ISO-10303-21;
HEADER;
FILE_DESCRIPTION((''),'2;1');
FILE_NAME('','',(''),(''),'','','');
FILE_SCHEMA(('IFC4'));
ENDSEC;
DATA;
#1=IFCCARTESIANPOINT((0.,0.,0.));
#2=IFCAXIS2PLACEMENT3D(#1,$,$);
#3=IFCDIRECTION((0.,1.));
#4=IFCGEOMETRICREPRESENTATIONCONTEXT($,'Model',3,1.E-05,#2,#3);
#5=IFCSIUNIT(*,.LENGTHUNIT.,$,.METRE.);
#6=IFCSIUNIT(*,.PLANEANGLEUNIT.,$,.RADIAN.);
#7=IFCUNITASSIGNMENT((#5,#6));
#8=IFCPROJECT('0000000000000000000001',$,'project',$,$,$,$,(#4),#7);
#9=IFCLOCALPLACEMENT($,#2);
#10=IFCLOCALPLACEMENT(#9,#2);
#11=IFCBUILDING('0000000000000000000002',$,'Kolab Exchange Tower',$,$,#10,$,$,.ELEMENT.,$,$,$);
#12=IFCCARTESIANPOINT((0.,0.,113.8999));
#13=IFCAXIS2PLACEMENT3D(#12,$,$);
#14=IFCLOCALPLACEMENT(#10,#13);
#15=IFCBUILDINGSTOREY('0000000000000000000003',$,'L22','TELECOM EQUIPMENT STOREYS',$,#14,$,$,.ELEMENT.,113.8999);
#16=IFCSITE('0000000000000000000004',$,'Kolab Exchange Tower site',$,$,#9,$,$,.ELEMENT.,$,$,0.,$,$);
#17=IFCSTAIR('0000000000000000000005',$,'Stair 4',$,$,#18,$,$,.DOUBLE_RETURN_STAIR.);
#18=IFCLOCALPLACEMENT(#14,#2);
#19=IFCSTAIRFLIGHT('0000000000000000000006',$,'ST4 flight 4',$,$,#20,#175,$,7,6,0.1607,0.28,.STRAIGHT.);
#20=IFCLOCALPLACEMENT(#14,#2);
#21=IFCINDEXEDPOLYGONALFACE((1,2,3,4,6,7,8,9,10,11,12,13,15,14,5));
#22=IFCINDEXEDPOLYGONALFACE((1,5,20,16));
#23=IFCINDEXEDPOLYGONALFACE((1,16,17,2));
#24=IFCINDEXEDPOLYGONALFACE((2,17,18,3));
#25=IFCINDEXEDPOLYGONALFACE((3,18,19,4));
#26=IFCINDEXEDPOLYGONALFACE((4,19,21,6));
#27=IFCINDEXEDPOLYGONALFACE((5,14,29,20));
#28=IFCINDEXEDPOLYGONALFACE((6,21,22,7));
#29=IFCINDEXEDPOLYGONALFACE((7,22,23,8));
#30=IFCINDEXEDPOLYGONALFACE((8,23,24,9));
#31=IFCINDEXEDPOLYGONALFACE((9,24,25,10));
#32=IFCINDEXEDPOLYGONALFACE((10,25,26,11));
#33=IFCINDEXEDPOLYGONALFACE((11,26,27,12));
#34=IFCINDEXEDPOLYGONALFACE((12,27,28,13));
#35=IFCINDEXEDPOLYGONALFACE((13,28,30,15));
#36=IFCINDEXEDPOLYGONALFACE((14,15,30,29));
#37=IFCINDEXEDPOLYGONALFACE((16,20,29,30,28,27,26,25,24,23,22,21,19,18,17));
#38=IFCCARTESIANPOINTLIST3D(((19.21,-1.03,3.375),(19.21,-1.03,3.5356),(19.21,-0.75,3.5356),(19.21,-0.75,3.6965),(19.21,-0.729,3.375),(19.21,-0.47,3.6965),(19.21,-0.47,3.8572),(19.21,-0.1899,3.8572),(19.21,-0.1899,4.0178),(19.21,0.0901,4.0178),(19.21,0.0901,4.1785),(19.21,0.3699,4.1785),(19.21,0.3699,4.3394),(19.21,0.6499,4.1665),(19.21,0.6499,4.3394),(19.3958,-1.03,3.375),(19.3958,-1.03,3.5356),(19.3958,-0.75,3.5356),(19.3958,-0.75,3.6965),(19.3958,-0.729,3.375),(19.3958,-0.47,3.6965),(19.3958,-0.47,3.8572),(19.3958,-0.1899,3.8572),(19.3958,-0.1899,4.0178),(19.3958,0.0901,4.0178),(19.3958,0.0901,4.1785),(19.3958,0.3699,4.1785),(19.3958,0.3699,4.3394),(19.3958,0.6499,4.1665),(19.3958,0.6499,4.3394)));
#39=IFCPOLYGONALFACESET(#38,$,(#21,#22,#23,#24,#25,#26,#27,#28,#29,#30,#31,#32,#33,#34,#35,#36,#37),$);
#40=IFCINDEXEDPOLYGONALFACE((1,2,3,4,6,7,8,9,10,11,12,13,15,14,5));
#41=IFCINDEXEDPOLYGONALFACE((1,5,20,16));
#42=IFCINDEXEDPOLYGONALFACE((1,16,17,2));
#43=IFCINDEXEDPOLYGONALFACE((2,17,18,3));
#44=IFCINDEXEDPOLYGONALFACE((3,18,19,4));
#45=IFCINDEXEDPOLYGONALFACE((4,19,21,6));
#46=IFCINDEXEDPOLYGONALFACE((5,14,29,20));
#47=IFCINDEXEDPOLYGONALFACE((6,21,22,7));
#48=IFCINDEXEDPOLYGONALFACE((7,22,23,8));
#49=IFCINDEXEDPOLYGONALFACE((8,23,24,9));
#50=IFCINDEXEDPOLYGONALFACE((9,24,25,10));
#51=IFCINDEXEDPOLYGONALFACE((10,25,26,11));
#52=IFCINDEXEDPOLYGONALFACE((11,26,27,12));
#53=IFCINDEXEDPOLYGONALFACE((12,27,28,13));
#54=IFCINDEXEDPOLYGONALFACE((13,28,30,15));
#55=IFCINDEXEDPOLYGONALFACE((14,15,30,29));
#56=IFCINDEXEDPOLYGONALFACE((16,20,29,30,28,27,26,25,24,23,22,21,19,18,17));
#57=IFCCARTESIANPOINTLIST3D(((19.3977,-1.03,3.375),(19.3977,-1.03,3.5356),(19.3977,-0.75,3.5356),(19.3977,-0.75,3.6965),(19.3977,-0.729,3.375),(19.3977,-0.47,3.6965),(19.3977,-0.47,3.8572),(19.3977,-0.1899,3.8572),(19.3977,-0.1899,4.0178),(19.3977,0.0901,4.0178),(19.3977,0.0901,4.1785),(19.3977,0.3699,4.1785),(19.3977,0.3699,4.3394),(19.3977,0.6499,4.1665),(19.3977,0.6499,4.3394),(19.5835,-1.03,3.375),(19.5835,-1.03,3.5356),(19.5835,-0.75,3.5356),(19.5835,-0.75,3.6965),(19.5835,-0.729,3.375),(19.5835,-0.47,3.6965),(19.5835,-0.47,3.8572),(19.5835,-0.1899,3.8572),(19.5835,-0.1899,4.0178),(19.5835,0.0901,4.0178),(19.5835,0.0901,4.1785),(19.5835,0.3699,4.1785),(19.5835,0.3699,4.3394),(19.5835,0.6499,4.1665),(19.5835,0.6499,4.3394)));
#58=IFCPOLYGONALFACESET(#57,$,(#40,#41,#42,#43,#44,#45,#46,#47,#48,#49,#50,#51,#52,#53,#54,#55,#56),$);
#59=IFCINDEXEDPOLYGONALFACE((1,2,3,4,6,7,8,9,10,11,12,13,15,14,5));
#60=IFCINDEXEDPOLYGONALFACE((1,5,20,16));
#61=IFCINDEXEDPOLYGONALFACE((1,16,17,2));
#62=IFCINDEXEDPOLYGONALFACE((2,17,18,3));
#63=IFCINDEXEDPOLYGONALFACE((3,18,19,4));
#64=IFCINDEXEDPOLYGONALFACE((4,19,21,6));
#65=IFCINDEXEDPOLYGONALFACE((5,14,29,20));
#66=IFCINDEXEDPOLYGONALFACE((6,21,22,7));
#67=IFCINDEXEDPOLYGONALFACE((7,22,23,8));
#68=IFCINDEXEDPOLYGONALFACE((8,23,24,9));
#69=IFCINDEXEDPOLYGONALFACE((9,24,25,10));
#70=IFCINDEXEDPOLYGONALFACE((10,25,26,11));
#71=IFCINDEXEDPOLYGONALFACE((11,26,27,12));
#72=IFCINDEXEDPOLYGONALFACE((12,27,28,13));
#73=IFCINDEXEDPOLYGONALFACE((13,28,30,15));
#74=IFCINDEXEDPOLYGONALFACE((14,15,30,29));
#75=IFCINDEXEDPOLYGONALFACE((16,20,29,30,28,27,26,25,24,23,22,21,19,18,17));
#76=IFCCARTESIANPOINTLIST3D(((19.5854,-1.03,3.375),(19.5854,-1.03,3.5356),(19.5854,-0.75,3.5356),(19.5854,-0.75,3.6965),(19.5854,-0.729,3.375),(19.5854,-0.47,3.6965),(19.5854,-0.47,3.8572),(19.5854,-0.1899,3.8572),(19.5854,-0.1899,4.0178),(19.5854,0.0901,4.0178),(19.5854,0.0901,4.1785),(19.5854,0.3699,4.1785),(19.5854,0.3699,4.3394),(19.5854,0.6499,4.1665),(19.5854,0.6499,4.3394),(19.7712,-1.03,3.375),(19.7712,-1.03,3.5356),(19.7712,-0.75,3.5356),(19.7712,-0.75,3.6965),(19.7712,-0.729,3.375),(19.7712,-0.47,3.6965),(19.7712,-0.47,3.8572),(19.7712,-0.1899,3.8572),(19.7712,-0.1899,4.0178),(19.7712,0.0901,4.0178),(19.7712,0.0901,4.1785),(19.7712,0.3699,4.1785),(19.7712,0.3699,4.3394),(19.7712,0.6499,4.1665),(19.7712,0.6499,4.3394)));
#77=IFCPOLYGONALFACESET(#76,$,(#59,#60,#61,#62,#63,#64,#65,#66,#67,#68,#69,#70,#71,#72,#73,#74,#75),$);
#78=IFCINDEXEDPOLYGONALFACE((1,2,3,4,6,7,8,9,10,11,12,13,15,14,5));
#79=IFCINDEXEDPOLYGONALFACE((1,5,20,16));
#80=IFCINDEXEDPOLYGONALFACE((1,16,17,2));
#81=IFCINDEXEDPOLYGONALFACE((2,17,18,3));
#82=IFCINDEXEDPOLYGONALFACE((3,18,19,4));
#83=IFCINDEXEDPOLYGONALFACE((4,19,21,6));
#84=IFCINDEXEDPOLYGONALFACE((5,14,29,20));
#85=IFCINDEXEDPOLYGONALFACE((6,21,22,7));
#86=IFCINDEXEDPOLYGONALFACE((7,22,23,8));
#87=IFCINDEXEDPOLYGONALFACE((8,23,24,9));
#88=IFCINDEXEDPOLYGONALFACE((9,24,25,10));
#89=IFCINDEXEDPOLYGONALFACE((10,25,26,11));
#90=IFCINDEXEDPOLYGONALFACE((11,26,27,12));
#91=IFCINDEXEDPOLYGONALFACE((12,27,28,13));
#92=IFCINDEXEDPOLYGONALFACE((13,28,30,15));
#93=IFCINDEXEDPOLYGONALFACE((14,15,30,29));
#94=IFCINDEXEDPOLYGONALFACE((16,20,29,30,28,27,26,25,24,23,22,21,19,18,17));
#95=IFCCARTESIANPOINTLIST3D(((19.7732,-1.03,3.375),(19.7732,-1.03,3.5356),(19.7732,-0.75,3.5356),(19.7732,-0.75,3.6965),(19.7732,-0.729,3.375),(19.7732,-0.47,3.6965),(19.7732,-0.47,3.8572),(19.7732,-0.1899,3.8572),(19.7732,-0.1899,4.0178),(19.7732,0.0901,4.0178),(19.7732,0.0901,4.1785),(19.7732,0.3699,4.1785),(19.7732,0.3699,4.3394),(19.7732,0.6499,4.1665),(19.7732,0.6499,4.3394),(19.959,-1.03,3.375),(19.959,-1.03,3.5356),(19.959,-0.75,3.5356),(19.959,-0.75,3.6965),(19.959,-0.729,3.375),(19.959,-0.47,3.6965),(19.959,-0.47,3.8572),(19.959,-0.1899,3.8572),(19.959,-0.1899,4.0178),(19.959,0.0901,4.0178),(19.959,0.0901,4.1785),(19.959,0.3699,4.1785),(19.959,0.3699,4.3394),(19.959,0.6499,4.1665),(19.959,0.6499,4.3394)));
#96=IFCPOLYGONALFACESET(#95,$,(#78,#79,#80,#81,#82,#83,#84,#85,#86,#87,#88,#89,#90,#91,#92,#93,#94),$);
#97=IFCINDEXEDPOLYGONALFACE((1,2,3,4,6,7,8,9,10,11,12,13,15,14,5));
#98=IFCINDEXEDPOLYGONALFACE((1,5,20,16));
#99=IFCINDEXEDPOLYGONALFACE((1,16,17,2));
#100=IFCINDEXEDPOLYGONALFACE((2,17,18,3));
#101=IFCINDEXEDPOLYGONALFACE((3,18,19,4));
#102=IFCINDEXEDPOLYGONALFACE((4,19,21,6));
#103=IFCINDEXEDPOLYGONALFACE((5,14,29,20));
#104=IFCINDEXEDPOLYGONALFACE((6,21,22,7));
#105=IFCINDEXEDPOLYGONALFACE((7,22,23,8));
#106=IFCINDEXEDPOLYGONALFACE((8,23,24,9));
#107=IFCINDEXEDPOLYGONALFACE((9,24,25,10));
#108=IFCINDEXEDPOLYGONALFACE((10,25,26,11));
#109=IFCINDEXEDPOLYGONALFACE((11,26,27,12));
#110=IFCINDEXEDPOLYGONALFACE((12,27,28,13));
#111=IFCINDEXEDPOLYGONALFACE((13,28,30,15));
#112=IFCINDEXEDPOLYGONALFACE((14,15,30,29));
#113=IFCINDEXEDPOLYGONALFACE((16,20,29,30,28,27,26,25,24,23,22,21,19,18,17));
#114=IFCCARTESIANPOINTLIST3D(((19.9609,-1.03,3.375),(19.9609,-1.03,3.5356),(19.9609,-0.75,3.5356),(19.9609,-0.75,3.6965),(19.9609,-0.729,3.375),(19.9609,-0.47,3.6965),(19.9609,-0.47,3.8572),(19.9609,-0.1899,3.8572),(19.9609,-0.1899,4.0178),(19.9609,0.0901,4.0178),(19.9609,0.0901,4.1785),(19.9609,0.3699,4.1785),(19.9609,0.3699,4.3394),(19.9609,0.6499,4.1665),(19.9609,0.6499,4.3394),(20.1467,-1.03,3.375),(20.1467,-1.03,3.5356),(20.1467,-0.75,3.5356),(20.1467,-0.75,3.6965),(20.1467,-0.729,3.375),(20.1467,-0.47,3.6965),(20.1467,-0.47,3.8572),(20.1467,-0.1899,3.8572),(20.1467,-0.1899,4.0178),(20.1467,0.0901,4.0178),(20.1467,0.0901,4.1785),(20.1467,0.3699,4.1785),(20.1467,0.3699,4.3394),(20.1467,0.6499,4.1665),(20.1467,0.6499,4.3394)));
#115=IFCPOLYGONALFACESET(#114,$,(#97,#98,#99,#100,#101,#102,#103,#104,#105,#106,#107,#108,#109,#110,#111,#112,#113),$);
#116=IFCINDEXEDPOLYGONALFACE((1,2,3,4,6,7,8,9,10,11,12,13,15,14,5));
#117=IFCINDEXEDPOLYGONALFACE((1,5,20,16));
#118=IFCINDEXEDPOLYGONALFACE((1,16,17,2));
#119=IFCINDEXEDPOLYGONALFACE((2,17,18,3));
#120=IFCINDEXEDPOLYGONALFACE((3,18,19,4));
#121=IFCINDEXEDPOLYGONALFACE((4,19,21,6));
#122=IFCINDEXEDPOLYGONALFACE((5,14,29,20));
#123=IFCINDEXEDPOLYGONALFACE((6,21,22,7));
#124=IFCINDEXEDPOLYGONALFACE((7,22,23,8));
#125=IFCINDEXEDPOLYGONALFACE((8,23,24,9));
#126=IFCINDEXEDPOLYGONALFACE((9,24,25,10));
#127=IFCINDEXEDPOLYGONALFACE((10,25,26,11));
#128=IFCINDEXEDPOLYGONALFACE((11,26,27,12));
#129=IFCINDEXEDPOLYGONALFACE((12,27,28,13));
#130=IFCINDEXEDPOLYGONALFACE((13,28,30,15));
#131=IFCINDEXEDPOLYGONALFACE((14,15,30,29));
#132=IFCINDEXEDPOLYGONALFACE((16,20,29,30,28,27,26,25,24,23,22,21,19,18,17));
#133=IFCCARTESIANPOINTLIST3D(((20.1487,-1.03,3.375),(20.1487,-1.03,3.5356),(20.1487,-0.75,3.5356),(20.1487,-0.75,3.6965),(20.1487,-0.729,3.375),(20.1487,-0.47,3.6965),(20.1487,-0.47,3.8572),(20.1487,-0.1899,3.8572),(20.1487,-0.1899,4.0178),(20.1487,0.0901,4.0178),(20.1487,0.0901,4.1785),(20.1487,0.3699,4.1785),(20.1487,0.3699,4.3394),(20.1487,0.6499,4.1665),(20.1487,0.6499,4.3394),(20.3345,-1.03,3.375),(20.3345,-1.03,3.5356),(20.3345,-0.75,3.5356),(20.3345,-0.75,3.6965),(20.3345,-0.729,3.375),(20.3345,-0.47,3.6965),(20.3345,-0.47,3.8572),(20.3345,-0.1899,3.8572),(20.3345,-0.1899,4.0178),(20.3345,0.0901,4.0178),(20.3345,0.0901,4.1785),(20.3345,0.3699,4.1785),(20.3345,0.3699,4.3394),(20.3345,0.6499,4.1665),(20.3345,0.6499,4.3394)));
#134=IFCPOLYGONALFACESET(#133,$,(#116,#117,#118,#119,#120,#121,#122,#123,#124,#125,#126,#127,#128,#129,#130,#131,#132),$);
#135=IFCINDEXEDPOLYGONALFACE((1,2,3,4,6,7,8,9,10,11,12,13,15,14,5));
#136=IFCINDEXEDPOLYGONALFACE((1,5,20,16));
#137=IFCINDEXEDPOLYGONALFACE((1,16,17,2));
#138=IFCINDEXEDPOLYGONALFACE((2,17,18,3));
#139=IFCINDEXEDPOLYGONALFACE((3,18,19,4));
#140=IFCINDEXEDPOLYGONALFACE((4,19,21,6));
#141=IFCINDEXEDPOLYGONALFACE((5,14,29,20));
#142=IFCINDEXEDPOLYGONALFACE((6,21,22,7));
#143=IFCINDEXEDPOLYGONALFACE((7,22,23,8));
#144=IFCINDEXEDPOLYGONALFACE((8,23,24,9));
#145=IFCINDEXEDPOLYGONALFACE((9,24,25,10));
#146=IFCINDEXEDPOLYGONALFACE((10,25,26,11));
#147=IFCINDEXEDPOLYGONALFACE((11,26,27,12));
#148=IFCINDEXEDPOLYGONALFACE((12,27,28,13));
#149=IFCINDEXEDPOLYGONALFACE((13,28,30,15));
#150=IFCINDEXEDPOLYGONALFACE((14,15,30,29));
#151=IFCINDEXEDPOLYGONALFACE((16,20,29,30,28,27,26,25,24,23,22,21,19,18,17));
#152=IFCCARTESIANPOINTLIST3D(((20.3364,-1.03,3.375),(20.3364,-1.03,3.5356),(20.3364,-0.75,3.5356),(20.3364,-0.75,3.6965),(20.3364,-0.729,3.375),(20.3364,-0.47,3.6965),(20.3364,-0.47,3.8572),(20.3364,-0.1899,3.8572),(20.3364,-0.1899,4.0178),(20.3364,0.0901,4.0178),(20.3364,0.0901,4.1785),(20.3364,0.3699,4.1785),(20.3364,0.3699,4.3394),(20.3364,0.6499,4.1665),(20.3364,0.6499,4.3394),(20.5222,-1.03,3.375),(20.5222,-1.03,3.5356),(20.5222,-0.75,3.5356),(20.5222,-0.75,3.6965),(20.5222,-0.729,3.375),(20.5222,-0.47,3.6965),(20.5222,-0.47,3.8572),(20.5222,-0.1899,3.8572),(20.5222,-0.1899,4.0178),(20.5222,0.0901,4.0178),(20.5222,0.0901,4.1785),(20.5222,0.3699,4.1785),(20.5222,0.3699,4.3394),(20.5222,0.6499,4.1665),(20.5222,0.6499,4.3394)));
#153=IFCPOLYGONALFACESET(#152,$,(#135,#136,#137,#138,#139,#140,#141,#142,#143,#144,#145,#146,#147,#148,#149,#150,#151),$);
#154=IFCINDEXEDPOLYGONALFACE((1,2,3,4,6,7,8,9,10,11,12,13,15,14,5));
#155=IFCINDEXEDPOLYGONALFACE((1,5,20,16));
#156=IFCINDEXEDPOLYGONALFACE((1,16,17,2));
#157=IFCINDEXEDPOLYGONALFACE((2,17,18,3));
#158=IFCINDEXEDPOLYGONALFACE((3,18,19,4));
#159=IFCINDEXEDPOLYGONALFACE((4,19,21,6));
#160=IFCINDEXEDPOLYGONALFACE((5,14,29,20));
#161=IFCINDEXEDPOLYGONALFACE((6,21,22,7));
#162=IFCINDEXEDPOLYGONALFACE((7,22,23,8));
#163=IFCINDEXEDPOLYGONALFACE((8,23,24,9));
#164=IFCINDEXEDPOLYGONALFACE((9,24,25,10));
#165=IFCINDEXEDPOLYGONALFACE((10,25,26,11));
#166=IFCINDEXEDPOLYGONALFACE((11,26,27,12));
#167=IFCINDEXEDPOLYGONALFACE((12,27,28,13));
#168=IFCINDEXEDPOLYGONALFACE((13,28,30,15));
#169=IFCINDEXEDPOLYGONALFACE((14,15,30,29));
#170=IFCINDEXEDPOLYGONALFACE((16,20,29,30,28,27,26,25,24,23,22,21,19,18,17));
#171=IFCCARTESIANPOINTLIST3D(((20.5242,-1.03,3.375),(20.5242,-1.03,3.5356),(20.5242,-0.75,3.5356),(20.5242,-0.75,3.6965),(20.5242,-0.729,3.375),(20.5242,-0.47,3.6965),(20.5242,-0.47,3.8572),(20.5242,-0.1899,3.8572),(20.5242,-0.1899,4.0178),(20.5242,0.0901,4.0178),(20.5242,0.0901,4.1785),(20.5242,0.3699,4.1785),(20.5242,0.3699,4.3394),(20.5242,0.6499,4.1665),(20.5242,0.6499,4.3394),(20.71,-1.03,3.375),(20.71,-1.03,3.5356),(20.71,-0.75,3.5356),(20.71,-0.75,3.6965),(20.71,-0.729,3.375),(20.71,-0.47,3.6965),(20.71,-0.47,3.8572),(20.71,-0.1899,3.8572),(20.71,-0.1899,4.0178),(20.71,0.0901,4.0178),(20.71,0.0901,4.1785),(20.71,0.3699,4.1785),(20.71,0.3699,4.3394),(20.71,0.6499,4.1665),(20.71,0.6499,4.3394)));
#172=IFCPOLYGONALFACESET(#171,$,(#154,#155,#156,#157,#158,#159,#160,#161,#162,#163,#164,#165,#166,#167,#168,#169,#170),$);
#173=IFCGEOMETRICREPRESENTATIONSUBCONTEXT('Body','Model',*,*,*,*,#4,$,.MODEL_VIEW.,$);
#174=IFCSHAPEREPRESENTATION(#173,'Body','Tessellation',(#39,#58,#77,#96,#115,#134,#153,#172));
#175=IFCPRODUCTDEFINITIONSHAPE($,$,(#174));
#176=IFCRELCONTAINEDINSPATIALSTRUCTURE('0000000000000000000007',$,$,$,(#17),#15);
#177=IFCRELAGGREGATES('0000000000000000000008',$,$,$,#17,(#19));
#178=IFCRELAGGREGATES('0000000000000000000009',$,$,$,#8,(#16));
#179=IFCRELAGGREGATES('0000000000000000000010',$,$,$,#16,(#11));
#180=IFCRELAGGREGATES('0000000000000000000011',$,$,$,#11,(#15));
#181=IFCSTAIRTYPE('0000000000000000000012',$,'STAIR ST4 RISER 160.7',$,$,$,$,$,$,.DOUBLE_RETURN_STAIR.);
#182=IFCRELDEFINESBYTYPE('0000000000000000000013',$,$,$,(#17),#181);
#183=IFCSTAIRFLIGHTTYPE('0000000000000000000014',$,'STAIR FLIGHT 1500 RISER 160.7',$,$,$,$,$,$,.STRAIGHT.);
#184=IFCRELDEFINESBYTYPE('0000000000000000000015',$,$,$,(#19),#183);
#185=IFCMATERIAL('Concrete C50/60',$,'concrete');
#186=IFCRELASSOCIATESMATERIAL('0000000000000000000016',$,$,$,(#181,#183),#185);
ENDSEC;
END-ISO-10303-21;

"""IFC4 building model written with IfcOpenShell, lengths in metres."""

from ifc_helpers import new_model, si_unit, direction, frame, origin, place, context, subcontext, project, spatial, polyline, outline, extrude, material, type_object, element, aggregate, save


model = new_model("IFC4")

# Units and contexts
model_context = context("Model", 3, precision=1e-05, world=origin(), true_north=direction((0.0, 1.0)))
body_context = subcontext(model_context, "Body", "Model", "MODEL_VIEW")
ifc_project = project(units=[si_unit("LENGTHUNIT", "METRE"), si_unit("PLANEANGLEUNIT", "RADIAN")], contexts=[model_context])

# Site, building, storey
site_placement = place(None, origin())
site = spatial("IfcSite", under=ifc_project, at=site_placement, Name="Kolab Exchange Tower site", CompositionType="ELEMENT", RefElevation=0.0)
building_placement = place(site_placement, origin())
building = spatial("IfcBuilding", under=site, at=building_placement, Name="Kolab Exchange Tower", CompositionType="ELEMENT")
storey_placement = place(building_placement, frame((0.0, 0.0, 113.8999)))
storey = spatial("IfcBuildingStorey", under=building, at=storey_placement, Name="L22", Description="TELECOM EQUIPMENT STOREYS", CompositionType="ELEMENT", Elevation=113.8999)

# Shared definitions
ifc_material_1 = material(Name="Concrete C50/60", Category="concrete")

# Stair, stair flight
stair_type = type_object("IfcStairType", Name="STAIR ST4 RISER 160.7", PredefinedType="DOUBLE_RETURN_STAIR", material=ifc_material_1)
stair_placement = place(storey_placement, origin())
stair = element("IfcStair", 1, at=stair_placement, inside=storey, type_object=stair_type, Name="Stair 4", PredefinedType="DOUBLE_RETURN_STAIR")
stair_flight_type = type_object("IfcStairFlightType", Name="STAIR FLIGHT 1500 RISER 160.7", PredefinedType="STRAIGHT", material=ifc_material_1)
stair_flight_1_placement = place(storey_placement, frame((19.96, -1.03, 3.375), z_axis=(0.0, 0.0, 1.0), x_axis=(0.0, 1.0, 0.0)))
stair_flight_1 = element("IfcStairFlight", 2, at=stair_flight_1_placement, type_object=stair_flight_type, Name="ST4 flight 4", NumberOfRisers=7, NumberOfTreads=6, PredefinedType="STRAIGHT", RiserHeight=0.1607, TreadLength=0.28, context=body_context, shape_type="SweptSolid", body=[
    extrude(outline(polyline([(0.0, 0.0), (0.0, 0.1606), (0.28, 0.1606), (0.28, 0.3215), (0.5601, 0.3215), (0.5601, 0.4822), (0.8401, 0.4822), (0.8401, 0.6428), (1.1201, 0.6428), (1.1201, 0.8035), (1.3999, 0.8035), (1.3999, 0.9644), (1.6799, 0.9644), (1.6799, 1.125), (1.6799, 0.7915), (0.301, 0.0), (0.0, 0.0)])), frame((0.0, 0.75, 0.0), z_axis=(0.0, -1.0, 0.0), x_axis=(1.0, 0.0, 0.0)), (0.0, 0.0, 1.0), 0.1858),
    extrude(outline(polyline([(0.0, 0.0), (0.0, 0.1606), (0.28, 0.1606), (0.28, 0.3215), (0.5601, 0.3215), (0.5601, 0.4822), (0.8401, 0.4822), (0.8401, 0.6428), (1.1201, 0.6428), (1.1201, 0.8035), (1.3999, 0.8035), (1.3999, 0.9644), (1.6799, 0.9644), (1.6799, 1.125), (1.6799, 0.7915), (0.301, 0.0), (0.0, 0.0)])), frame((0.0, 0.5623, 0.0), z_axis=(0.0, -1.0, 0.0), x_axis=(1.0, 0.0, 0.0)), (0.0, 0.0, 1.0), 0.1858),
    extrude(outline(polyline([(0.0, 0.0), (0.0, 0.1606), (0.28, 0.1606), (0.28, 0.3215), (0.5601, 0.3215), (0.5601, 0.4822), (0.8401, 0.4822), (0.8401, 0.6428), (1.1201, 0.6428), (1.1201, 0.8035), (1.3999, 0.8035), (1.3999, 0.9644), (1.6799, 0.9644), (1.6799, 1.125), (1.6799, 0.7915), (0.301, 0.0), (0.0, 0.0)])), frame((0.0, 0.3745, 0.0), z_axis=(0.0, -1.0, 0.0), x_axis=(1.0, 0.0, 0.0)), (0.0, 0.0, 1.0), 0.1858),
    extrude(outline(polyline([(0.0, 0.0), (0.0, 0.1606), (0.28, 0.1606), (0.28, 0.3215), (0.5601, 0.3215), (0.5601, 0.4822), (0.8401, 0.4822), (0.8401, 0.6428), (1.1201, 0.6428), (1.1201, 0.8035), (1.3999, 0.8035), (1.3999, 0.9644), (1.6799, 0.9644), (1.6799, 1.125), (1.6799, 0.7915), (0.301, 0.0), (0.0, 0.0)])), frame((0.0, 0.1868, 0.0), z_axis=(0.0, -1.0, 0.0), x_axis=(1.0, 0.0, 0.0)), (0.0, 0.0, 1.0), 0.1858),
    extrude(outline(polyline([(0.0, 0.0), (0.0, 0.1606), (0.28, 0.1606), (0.28, 0.3215), (0.5601, 0.3215), (0.5601, 0.4822), (0.8401, 0.4822), (0.8401, 0.6428), (1.1201, 0.6428), (1.1201, 0.8035), (1.3999, 0.8035), (1.3999, 0.9644), (1.6799, 0.9644), (1.6799, 1.125), (1.6799, 0.7915), (0.301, 0.0), (0.0, 0.0)])), frame((0.0, -0.001, 0.0), z_axis=(0.0, -1.0, 0.0), x_axis=(1.0, 0.0, 0.0)), (0.0, 0.0, 1.0), 0.1858),
    extrude(outline(polyline([(0.0, 0.0), (0.0, 0.1606), (0.28, 0.1606), (0.28, 0.3215), (0.5601, 0.3215), (0.5601, 0.4822), (0.8401, 0.4822), (0.8401, 0.6428), (1.1201, 0.6428), (1.1201, 0.8035), (1.3999, 0.8035), (1.3999, 0.9644), (1.6799, 0.9644), (1.6799, 1.125), (1.6799, 0.7915), (0.301, 0.0), (0.0, 0.0)])), frame((0.0, -0.1887, 0.0), z_axis=(0.0, -1.0, 0.0), x_axis=(1.0, 0.0, 0.0)), (0.0, 0.0, 1.0), 0.1858),
    extrude(outline(polyline([(0.0, 0.0), (0.0, 0.1606), (0.28, 0.1606), (0.28, 0.3215), (0.5601, 0.3215), (0.5601, 0.4822), (0.8401, 0.4822), (0.8401, 0.6428), (1.1201, 0.6428), (1.1201, 0.8035), (1.3999, 0.8035), (1.3999, 0.9644), (1.6799, 0.9644), (1.6799, 1.125), (1.6799, 0.7915), (0.301, 0.0), (0.0, 0.0)])), frame((0.0, -0.3765, 0.0), z_axis=(0.0, -1.0, 0.0), x_axis=(1.0, 0.0, 0.0)), (0.0, 0.0, 1.0), 0.1858),
    extrude(outline(polyline([(0.0, 0.0), (0.0, 0.1606), (0.28, 0.1606), (0.28, 0.3215), (0.5601, 0.3215), (0.5601, 0.4822), (0.8401, 0.4822), (0.8401, 0.6428), (1.1201, 0.6428), (1.1201, 0.8035), (1.3999, 0.8035), (1.3999, 0.9644), (1.6799, 0.9644), (1.6799, 1.125), (1.6799, 0.7915), (0.301, 0.0), (0.0, 0.0)])), frame((0.0, -0.5642, 0.0), z_axis=(0.0, -1.0, 0.0), x_axis=(1.0, 0.0, 0.0)), (0.0, 0.0, 1.0), 0.1858),
])
aggregate(stair, [stair_flight_1])

save(model, "model.ifc")
